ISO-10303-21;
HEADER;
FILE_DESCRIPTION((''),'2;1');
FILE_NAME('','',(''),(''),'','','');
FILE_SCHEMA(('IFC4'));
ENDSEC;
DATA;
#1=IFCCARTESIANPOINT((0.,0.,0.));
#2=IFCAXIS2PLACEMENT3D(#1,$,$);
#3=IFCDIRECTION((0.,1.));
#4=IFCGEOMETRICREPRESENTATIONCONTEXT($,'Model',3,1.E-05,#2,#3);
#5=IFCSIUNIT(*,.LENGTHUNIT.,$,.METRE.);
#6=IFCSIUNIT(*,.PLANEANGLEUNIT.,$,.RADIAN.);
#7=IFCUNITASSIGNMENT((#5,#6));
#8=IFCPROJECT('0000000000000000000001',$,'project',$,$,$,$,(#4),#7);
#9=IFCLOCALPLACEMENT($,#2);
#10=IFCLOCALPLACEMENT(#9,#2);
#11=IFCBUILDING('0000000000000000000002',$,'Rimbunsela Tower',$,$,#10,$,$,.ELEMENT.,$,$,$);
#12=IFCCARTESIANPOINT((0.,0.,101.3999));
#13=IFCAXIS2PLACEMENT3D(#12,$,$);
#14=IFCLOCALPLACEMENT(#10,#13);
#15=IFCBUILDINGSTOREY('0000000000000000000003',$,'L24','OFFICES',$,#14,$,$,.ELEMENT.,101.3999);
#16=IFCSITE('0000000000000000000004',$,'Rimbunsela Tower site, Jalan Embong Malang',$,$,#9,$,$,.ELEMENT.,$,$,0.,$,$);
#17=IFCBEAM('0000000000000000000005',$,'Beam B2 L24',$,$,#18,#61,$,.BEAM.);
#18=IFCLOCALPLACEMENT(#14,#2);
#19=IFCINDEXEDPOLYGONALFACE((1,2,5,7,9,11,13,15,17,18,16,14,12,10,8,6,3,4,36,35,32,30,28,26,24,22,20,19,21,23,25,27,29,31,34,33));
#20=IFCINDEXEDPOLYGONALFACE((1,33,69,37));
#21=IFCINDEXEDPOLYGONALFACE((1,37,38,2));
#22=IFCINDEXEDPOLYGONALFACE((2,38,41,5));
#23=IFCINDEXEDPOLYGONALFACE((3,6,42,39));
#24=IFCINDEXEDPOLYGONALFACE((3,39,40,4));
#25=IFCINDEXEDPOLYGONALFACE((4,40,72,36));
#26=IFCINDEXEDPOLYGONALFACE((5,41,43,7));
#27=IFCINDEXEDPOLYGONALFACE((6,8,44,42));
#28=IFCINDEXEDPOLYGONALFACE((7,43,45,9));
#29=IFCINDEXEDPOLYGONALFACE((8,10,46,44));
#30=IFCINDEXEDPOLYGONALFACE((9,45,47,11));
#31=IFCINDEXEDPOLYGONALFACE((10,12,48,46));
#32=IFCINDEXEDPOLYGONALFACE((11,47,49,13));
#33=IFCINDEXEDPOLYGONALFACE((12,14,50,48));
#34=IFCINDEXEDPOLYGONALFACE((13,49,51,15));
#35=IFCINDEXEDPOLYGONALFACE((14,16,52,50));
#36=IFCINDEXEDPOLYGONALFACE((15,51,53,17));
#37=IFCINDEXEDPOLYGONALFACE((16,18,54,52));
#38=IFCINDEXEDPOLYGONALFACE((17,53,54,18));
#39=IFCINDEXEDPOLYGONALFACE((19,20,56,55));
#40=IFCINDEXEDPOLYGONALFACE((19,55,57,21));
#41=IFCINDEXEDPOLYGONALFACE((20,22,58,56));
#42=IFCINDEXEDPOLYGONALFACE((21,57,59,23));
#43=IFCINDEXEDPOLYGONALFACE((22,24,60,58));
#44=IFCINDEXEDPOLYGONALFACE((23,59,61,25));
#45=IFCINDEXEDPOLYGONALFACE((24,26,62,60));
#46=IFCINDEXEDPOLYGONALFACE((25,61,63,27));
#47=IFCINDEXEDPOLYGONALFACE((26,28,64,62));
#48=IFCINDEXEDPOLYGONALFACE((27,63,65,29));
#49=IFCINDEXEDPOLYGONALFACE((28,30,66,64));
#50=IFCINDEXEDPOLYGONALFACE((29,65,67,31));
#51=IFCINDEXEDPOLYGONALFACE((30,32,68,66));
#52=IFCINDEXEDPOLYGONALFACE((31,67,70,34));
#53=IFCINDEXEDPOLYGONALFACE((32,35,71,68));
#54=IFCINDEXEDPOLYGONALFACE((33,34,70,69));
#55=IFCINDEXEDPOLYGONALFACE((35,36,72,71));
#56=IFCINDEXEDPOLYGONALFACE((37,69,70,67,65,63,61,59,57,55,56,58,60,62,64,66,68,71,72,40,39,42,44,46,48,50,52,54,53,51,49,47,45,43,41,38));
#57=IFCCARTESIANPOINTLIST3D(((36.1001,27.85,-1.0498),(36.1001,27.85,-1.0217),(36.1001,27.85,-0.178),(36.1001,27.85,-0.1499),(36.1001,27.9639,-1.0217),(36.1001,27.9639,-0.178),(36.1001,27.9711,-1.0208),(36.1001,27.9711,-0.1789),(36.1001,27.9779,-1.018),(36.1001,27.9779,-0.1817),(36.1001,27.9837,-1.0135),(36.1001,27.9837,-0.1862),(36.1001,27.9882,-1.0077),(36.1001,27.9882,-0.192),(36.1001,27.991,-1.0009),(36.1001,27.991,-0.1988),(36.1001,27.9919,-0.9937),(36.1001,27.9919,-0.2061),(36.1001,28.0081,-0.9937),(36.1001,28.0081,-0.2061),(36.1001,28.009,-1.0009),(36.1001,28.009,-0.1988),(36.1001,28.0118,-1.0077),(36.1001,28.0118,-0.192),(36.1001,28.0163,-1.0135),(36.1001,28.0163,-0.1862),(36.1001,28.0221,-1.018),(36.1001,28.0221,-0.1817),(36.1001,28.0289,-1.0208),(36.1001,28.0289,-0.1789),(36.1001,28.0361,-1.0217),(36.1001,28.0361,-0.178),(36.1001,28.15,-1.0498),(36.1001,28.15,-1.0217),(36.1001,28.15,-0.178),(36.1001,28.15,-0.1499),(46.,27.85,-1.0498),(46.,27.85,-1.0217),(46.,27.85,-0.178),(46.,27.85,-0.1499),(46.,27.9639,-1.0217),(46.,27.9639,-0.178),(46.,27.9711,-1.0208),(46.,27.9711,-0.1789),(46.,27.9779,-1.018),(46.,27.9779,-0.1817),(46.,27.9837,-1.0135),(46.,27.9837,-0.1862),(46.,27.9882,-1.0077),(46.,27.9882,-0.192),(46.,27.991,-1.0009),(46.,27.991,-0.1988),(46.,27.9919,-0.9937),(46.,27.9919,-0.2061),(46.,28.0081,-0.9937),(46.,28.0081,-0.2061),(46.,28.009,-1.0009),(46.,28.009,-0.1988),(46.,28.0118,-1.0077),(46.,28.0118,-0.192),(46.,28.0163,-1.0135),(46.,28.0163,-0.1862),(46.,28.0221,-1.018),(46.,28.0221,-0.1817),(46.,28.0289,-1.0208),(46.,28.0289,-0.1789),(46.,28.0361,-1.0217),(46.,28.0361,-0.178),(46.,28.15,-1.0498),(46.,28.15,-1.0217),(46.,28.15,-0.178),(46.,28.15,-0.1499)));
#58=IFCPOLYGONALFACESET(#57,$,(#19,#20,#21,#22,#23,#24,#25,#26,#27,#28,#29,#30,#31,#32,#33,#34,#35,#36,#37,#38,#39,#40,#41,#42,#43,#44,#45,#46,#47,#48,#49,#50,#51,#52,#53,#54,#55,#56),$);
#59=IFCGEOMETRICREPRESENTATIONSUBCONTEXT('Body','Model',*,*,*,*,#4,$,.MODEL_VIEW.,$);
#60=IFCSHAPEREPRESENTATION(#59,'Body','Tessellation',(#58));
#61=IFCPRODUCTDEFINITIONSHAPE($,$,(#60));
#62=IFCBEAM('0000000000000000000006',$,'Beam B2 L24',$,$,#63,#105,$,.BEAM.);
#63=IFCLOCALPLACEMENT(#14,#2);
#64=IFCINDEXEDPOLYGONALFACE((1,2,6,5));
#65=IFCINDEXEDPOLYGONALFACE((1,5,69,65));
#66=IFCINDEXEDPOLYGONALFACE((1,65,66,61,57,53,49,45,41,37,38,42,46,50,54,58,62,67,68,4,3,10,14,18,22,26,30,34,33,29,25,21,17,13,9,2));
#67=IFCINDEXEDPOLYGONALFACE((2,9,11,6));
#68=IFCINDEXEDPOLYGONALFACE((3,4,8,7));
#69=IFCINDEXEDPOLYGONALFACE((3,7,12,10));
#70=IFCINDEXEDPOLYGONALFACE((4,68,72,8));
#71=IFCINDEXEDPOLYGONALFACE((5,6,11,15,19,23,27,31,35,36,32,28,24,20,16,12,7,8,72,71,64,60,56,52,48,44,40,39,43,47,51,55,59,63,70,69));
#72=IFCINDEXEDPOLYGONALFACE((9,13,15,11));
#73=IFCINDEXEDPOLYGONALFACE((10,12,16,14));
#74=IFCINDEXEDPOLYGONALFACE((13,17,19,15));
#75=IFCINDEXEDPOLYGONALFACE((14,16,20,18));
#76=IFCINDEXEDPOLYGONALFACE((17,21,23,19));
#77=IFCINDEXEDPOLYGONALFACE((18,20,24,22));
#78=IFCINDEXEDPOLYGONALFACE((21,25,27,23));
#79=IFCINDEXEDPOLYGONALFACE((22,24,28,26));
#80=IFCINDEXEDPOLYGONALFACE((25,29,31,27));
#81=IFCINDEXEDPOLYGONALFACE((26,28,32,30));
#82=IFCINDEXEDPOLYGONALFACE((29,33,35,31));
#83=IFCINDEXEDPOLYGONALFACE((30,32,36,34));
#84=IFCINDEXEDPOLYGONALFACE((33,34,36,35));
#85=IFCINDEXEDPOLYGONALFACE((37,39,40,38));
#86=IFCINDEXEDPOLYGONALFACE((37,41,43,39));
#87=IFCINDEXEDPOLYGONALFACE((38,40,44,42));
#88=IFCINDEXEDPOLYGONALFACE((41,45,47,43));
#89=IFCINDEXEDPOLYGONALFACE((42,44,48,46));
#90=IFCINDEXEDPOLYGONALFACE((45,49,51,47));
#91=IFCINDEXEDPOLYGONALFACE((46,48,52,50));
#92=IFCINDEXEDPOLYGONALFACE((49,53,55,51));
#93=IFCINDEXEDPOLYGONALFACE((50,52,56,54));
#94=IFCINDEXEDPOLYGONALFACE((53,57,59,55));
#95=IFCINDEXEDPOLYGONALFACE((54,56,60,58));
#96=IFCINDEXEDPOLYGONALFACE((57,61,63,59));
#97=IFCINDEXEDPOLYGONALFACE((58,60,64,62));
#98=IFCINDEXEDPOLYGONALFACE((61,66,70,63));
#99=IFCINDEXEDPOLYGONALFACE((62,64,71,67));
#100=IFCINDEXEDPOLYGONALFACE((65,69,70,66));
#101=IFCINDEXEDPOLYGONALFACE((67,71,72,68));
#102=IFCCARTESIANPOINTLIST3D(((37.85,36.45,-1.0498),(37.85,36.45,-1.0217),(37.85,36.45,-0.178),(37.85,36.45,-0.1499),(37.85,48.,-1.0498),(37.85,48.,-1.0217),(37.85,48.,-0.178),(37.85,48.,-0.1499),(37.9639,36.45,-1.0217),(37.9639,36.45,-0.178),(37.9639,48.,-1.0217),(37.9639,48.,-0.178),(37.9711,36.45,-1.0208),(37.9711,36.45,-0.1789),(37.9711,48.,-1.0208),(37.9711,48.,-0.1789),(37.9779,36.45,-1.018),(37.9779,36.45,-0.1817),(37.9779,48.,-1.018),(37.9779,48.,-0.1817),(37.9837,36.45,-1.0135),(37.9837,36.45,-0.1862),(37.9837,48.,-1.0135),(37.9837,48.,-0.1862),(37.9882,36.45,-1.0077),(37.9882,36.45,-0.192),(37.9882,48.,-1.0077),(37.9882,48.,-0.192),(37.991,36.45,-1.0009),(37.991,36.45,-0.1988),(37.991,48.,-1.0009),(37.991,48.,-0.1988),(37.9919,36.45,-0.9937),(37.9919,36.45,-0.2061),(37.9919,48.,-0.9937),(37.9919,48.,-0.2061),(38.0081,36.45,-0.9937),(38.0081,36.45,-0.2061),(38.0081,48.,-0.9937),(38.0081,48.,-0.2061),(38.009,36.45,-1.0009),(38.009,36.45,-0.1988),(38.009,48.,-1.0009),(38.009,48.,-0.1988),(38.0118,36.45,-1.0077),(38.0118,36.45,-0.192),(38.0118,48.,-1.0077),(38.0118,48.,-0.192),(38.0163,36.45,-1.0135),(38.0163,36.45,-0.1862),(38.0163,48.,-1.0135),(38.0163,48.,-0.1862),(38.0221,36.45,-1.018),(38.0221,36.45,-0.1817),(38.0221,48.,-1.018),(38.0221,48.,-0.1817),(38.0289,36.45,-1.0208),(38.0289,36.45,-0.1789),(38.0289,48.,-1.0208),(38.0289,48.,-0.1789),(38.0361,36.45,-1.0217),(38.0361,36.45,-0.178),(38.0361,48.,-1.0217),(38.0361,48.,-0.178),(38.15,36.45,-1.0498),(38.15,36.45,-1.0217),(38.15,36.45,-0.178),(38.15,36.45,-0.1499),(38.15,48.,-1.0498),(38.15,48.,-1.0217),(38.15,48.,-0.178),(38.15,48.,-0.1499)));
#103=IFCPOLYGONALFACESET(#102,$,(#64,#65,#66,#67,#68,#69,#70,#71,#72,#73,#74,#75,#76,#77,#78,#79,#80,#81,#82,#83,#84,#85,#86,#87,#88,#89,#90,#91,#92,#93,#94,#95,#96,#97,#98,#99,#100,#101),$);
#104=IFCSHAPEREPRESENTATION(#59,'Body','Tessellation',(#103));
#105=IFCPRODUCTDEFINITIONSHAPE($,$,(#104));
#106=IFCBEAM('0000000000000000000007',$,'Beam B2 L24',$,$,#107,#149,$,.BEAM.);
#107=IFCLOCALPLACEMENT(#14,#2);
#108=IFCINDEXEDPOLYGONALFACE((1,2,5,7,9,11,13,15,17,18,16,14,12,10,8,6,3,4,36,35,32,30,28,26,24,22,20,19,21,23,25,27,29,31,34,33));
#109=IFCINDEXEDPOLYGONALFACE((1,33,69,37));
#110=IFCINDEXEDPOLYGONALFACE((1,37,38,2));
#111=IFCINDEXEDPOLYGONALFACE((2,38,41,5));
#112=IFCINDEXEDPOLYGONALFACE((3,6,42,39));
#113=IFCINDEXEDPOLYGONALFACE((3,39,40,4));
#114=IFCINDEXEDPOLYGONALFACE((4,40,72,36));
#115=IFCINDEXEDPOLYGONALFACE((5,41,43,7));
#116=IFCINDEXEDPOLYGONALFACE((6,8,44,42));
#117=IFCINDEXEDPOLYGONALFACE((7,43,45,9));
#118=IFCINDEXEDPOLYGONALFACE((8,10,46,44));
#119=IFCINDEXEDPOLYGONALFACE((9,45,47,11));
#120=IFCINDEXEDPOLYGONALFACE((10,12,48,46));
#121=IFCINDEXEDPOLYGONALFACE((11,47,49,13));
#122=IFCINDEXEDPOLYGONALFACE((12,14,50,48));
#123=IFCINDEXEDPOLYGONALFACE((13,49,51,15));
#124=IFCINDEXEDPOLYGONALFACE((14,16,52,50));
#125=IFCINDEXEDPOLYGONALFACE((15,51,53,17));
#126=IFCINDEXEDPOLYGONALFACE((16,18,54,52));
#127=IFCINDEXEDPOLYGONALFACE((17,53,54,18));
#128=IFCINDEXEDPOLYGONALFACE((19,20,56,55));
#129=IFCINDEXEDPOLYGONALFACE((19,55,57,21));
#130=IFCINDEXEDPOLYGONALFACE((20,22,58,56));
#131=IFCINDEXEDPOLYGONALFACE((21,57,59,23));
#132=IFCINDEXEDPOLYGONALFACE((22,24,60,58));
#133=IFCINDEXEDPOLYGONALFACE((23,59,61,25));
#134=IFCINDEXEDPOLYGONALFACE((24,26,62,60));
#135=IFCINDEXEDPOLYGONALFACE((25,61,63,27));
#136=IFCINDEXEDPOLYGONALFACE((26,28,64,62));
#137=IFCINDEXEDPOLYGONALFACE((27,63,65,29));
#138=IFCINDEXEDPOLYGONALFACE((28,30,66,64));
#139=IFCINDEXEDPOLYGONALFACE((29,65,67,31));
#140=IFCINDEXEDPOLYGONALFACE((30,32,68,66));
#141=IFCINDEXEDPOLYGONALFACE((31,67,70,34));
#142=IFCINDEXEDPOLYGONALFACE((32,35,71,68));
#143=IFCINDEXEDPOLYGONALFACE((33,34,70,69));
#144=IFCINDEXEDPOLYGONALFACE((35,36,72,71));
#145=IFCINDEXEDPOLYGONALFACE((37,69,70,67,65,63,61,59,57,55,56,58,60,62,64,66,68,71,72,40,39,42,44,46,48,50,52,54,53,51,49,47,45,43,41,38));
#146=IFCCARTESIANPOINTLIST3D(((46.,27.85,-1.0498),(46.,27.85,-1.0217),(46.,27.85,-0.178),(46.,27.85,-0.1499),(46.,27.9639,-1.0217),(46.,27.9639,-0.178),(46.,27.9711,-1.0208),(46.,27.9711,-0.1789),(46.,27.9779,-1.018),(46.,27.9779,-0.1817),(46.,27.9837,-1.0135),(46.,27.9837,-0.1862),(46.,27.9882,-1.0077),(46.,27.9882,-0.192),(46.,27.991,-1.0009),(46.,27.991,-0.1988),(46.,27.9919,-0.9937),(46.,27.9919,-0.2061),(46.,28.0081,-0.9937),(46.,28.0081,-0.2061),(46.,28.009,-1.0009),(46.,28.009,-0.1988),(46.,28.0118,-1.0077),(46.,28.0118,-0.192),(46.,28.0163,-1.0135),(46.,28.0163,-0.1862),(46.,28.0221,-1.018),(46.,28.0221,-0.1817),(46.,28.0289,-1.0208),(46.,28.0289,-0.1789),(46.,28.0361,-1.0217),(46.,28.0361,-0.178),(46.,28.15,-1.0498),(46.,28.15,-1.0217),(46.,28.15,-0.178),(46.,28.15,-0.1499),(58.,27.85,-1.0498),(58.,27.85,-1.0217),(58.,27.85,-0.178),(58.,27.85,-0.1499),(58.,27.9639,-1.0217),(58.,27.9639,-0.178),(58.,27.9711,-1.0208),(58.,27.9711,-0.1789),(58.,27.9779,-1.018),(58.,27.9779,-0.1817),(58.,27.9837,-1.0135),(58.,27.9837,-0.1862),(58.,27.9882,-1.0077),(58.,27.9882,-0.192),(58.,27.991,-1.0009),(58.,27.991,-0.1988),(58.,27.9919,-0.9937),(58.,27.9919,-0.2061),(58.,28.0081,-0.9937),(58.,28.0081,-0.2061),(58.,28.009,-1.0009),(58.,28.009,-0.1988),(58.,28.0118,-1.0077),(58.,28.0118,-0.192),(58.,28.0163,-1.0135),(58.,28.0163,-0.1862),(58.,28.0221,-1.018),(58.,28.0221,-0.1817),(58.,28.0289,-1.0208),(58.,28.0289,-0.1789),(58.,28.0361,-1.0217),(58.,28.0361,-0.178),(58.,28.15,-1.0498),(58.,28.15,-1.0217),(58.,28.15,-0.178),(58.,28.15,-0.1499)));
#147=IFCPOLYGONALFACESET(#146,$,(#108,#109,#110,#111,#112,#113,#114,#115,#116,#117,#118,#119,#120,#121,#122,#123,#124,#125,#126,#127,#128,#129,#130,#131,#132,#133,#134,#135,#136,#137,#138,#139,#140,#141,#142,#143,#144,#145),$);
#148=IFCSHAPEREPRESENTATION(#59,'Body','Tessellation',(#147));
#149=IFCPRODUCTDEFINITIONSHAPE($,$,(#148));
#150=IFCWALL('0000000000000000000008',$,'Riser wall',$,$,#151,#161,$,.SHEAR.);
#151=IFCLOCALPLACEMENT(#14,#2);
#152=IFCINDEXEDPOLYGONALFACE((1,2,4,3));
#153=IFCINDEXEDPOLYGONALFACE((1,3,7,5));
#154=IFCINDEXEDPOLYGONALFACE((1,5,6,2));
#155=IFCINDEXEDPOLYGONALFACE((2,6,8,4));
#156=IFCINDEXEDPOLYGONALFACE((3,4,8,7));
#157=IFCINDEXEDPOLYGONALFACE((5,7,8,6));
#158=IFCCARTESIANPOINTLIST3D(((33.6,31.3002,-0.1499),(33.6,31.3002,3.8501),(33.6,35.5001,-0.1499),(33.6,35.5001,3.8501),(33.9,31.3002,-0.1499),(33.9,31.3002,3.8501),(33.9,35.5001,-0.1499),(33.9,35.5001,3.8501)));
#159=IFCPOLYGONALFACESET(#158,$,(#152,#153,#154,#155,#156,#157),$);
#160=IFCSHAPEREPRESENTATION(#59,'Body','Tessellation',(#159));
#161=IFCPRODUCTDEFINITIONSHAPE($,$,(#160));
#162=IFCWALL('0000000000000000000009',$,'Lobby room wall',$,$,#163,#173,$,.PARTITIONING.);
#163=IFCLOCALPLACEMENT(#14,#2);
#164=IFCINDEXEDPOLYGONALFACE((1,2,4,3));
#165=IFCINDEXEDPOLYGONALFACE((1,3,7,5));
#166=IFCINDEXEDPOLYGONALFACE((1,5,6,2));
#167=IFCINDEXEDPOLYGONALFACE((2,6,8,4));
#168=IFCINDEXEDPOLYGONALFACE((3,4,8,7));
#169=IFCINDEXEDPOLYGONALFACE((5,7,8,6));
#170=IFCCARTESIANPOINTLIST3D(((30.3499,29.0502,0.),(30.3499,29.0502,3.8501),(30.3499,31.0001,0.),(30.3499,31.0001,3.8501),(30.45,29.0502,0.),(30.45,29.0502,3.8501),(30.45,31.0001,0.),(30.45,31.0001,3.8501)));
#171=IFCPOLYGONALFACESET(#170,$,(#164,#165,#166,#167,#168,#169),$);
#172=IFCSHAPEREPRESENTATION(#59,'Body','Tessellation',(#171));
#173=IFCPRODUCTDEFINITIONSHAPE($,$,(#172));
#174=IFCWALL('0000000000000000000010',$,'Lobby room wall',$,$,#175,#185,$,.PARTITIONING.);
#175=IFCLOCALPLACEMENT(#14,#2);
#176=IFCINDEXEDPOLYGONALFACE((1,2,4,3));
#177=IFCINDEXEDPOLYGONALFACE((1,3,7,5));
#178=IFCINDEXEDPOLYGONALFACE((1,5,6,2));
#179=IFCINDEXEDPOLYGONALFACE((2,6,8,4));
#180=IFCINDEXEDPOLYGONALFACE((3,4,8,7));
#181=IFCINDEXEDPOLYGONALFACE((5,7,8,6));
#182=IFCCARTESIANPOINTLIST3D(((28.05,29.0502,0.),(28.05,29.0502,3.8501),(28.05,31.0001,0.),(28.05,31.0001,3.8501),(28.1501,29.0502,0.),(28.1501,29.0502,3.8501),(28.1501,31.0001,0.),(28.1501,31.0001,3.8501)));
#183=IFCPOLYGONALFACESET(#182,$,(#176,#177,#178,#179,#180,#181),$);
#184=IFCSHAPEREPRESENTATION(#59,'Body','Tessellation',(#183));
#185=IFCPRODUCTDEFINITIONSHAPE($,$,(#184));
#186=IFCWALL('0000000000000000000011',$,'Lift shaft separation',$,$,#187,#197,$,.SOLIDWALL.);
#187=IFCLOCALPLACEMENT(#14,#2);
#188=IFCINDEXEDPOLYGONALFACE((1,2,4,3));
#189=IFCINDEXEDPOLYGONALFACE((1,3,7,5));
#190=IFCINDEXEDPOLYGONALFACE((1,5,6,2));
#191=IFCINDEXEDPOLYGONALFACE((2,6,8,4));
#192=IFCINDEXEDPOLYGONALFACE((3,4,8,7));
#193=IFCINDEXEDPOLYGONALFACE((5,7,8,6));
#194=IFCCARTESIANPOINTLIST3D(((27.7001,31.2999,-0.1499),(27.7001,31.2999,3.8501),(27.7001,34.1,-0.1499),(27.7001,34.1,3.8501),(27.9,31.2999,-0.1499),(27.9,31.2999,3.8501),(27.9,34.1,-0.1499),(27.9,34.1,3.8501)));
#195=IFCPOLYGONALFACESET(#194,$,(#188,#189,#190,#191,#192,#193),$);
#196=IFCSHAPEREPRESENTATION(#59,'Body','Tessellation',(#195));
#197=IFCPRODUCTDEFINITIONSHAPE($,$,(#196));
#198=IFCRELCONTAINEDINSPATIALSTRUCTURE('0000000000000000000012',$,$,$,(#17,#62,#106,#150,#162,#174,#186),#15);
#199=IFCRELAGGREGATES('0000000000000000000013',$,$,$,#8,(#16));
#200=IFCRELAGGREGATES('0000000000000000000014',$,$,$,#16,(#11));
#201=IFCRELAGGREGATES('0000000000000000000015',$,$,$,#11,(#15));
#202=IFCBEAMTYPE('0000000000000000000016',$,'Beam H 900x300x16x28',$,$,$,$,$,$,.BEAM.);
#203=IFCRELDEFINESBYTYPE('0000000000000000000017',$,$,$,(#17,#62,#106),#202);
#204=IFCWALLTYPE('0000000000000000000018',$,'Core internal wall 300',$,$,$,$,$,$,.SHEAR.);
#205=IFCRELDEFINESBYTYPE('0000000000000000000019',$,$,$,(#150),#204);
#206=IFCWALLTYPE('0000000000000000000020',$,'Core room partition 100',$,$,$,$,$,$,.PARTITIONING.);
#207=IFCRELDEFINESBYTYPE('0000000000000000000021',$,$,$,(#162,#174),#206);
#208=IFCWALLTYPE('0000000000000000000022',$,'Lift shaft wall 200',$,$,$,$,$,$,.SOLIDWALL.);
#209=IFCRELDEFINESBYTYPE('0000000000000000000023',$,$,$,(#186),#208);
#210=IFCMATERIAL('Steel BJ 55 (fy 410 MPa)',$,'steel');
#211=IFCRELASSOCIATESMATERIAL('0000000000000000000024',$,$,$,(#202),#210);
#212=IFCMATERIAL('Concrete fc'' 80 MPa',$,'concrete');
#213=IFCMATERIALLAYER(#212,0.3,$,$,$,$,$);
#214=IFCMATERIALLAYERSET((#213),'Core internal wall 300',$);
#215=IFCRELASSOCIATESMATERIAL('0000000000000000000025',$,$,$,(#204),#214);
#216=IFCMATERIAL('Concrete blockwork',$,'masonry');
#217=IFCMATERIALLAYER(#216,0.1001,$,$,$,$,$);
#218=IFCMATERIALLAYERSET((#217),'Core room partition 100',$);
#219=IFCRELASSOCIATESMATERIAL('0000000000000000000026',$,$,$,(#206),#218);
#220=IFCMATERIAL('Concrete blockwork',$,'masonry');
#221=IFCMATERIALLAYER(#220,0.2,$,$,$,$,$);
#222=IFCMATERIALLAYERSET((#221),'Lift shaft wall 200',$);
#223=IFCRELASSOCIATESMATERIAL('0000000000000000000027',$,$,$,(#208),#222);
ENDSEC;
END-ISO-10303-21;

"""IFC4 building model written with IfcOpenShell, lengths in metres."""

from ifc_helpers import new_model, si_unit, direction, frame, frame_2d, origin, origin_2d, place, context, subcontext, project, spatial, rectangle, i_section, extrude, material, layer, layer_set, material_profile, profile_set, type_object, element, save


model = new_model("IFC4")

# Units and contexts
model_context = context("Model", 3, precision=1e-05, world=origin(), true_north=direction((0.0, 1.0)))
body_context = subcontext(model_context, "Body", "Model", "MODEL_VIEW")
ifc_project = project(units=[si_unit("LENGTHUNIT", "METRE"), si_unit("PLANEANGLEUNIT", "RADIAN")], contexts=[model_context])

# Site, building, storey
site_placement = place(None, origin())
site = spatial("IfcSite", under=ifc_project, at=site_placement, Name="Rimbunsela Tower site, Jalan Embong Malang", CompositionType="ELEMENT", RefElevation=0.0)
building_placement = place(site_placement, origin())
building = spatial("IfcBuilding", under=site, at=building_placement, Name="Rimbunsela Tower", CompositionType="ELEMENT")
storey_placement = place(building_placement, frame((0.0, 0.0, 101.3999)))
storey = spatial("IfcBuildingStorey", under=building, at=storey_placement, Name="L24", Description="OFFICES", CompositionType="ELEMENT", Elevation=101.3999)

# Beams
ifc_material_1 = material(Name="Steel BJ 55 (fy 410 MPa)", Category="steel")
ifc_material_profile_1 = material_profile(ifc_material_1, i_section(OverallWidth=0.3, OverallDepth=0.8999, WebThickness=0.0161, FlangeThickness=0.0281, FilletRadius=0.0281, at=origin_2d()), Name="H 900x300x16x28")
ifc_profile_set_1 = profile_set([ifc_material_profile_1], Name="Steel BJ 55 (fy 410 MPa)")
beam_type_1 = type_object("IfcBeamType", Name="Beam H 900x300x16x28", PredefinedType="BEAM", material=ifc_profile_set_1)
beam_1_placement = place(storey_placement, frame((36.1001, 28.0, -0.5999), z_axis=(1.0, 0.0, 0.0), x_axis=(0.0, 1.0, 0.0)))
element("IfcBeam", 1, at=beam_1_placement, inside=storey, type_object=beam_type_1, Name="Beam B2 L24", PredefinedType="BEAM", context=body_context, shape_type="SweptSolid", body=[
    extrude(i_section(OverallWidth=0.3, OverallDepth=0.8999, WebThickness=0.0161, FlangeThickness=0.0281, FilletRadius=0.0281, at=origin_2d()), origin(), (0.0, 0.0, 1.0), 9.8999),
])
beam_2_placement = place(storey_placement, frame((38.0, 36.45, -0.5999), z_axis=(0.0, 1.0, 0.0), x_axis=(-1.0, 0.0, 0.0)))
element("IfcBeam", 2, at=beam_2_placement, inside=storey, type_object=beam_type_1, Name="Beam B2 L24", PredefinedType="BEAM", context=body_context, shape_type="SweptSolid", body=[
    extrude(i_section(OverallWidth=0.3, OverallDepth=0.8999, WebThickness=0.0161, FlangeThickness=0.0281, FilletRadius=0.0281, at=origin_2d()), origin(), (0.0, 0.0, 1.0), 11.55),
])
beam_3_placement = place(storey_placement, frame((46.0, 28.0, -0.5999), z_axis=(1.0, 0.0, 0.0), x_axis=(0.0, 1.0, 0.0)))
element("IfcBeam", 3, at=beam_3_placement, inside=storey, type_object=beam_type_1, Name="Beam B2 L24", PredefinedType="BEAM", context=body_context, shape_type="SweptSolid", body=[
    extrude(i_section(OverallWidth=0.3, OverallDepth=0.8999, WebThickness=0.0161, FlangeThickness=0.0281, FilletRadius=0.0281, at=origin_2d()), origin(), (0.0, 0.0, 1.0), 12.0),
])

# Walls
ifc_material_2 = material(Name="Concrete fc' 80 MPa", Category="concrete")
ifc_layer_1 = layer(ifc_material_2, 0.3)
ifc_layer_set_1 = layer_set([ifc_layer_1], Name="Core internal wall 300")
wall_type_1 = type_object("IfcWallType", Name="Core internal wall 300", PredefinedType="SHEAR", material=ifc_layer_set_1)
wall_1_placement = place(storey_placement, frame((33.75, 31.3, -0.1499), z_axis=(0.0, 0.0, 1.0), x_axis=(0.0, 1.0, 0.0)))
element("IfcWall", 4, at=wall_1_placement, inside=storey, type_object=wall_type_1, Name="Riser wall", PredefinedType="SHEAR", context=body_context, shape_type="SweptSolid", body=[
    extrude(rectangle(XDim=4.2, YDim=0.3, at=frame_2d((2.1001, 0.0))), origin(), (0.0, 0.0, 1.0), 4.0),
])
ifc_material_3 = material(Name="Concrete blockwork", Category="masonry")
ifc_layer_2 = layer(ifc_material_3, 0.1001)
ifc_layer_set_2 = layer_set([ifc_layer_2], Name="Core room partition 100")
wall_type_2 = type_object("IfcWallType", Name="Core room partition 100", PredefinedType="PARTITIONING", material=ifc_layer_set_2)
for number, where, z_axis, x_axis, name in (
    (5, (30.3999, 29.05, 0.0), (0.0, 0.0, 1.0), (0.0, 1.0, 0.0), "Lobby room wall"),
    (6, (28.1001, 29.05, 0.0), (0.0, 0.0, 1.0), (0.0, 1.0, 0.0), "Lobby room wall"),
):
    element("IfcWall", number, at=place(storey_placement, frame(where, z_axis=z_axis, x_axis=x_axis)), inside=storey, type_object=wall_type_2, Name=name, PredefinedType="PARTITIONING", context=body_context, shape_type="SweptSolid", body=[
        extrude(rectangle(XDim=1.95, YDim=0.1001, at=frame_2d((0.9751, 0.0))), origin(), (0.0, 0.0, 1.0), 3.8501),
    ])
ifc_material_4 = material(Name="Concrete blockwork", Category="masonry")
ifc_layer_3 = layer(ifc_material_4, 0.2)
ifc_layer_set_3 = layer_set([ifc_layer_3], Name="Lift shaft wall 200")
wall_type_3 = type_object("IfcWallType", Name="Lift shaft wall 200", PredefinedType="SOLIDWALL", material=ifc_layer_set_3)
for number, where, z_axis, x_axis, name in (
    (7, (27.8, 31.3, -0.1499), (0.0, 0.0, 1.0), (0.0, 1.0, 0.0), "Lift shaft separation"),
):
    element("IfcWall", number, at=place(storey_placement, frame(where, z_axis=z_axis, x_axis=x_axis)), inside=storey, type_object=wall_type_3, Name=name, PredefinedType="SOLIDWALL", context=body_context, shape_type="SweptSolid", body=[
        extrude(rectangle(XDim=2.8, YDim=0.2, at=frame_2d((1.3999, 0.0))), origin(), (0.0, 0.0, 1.0), 4.0),
    ])

save(model, "model.ifc")
